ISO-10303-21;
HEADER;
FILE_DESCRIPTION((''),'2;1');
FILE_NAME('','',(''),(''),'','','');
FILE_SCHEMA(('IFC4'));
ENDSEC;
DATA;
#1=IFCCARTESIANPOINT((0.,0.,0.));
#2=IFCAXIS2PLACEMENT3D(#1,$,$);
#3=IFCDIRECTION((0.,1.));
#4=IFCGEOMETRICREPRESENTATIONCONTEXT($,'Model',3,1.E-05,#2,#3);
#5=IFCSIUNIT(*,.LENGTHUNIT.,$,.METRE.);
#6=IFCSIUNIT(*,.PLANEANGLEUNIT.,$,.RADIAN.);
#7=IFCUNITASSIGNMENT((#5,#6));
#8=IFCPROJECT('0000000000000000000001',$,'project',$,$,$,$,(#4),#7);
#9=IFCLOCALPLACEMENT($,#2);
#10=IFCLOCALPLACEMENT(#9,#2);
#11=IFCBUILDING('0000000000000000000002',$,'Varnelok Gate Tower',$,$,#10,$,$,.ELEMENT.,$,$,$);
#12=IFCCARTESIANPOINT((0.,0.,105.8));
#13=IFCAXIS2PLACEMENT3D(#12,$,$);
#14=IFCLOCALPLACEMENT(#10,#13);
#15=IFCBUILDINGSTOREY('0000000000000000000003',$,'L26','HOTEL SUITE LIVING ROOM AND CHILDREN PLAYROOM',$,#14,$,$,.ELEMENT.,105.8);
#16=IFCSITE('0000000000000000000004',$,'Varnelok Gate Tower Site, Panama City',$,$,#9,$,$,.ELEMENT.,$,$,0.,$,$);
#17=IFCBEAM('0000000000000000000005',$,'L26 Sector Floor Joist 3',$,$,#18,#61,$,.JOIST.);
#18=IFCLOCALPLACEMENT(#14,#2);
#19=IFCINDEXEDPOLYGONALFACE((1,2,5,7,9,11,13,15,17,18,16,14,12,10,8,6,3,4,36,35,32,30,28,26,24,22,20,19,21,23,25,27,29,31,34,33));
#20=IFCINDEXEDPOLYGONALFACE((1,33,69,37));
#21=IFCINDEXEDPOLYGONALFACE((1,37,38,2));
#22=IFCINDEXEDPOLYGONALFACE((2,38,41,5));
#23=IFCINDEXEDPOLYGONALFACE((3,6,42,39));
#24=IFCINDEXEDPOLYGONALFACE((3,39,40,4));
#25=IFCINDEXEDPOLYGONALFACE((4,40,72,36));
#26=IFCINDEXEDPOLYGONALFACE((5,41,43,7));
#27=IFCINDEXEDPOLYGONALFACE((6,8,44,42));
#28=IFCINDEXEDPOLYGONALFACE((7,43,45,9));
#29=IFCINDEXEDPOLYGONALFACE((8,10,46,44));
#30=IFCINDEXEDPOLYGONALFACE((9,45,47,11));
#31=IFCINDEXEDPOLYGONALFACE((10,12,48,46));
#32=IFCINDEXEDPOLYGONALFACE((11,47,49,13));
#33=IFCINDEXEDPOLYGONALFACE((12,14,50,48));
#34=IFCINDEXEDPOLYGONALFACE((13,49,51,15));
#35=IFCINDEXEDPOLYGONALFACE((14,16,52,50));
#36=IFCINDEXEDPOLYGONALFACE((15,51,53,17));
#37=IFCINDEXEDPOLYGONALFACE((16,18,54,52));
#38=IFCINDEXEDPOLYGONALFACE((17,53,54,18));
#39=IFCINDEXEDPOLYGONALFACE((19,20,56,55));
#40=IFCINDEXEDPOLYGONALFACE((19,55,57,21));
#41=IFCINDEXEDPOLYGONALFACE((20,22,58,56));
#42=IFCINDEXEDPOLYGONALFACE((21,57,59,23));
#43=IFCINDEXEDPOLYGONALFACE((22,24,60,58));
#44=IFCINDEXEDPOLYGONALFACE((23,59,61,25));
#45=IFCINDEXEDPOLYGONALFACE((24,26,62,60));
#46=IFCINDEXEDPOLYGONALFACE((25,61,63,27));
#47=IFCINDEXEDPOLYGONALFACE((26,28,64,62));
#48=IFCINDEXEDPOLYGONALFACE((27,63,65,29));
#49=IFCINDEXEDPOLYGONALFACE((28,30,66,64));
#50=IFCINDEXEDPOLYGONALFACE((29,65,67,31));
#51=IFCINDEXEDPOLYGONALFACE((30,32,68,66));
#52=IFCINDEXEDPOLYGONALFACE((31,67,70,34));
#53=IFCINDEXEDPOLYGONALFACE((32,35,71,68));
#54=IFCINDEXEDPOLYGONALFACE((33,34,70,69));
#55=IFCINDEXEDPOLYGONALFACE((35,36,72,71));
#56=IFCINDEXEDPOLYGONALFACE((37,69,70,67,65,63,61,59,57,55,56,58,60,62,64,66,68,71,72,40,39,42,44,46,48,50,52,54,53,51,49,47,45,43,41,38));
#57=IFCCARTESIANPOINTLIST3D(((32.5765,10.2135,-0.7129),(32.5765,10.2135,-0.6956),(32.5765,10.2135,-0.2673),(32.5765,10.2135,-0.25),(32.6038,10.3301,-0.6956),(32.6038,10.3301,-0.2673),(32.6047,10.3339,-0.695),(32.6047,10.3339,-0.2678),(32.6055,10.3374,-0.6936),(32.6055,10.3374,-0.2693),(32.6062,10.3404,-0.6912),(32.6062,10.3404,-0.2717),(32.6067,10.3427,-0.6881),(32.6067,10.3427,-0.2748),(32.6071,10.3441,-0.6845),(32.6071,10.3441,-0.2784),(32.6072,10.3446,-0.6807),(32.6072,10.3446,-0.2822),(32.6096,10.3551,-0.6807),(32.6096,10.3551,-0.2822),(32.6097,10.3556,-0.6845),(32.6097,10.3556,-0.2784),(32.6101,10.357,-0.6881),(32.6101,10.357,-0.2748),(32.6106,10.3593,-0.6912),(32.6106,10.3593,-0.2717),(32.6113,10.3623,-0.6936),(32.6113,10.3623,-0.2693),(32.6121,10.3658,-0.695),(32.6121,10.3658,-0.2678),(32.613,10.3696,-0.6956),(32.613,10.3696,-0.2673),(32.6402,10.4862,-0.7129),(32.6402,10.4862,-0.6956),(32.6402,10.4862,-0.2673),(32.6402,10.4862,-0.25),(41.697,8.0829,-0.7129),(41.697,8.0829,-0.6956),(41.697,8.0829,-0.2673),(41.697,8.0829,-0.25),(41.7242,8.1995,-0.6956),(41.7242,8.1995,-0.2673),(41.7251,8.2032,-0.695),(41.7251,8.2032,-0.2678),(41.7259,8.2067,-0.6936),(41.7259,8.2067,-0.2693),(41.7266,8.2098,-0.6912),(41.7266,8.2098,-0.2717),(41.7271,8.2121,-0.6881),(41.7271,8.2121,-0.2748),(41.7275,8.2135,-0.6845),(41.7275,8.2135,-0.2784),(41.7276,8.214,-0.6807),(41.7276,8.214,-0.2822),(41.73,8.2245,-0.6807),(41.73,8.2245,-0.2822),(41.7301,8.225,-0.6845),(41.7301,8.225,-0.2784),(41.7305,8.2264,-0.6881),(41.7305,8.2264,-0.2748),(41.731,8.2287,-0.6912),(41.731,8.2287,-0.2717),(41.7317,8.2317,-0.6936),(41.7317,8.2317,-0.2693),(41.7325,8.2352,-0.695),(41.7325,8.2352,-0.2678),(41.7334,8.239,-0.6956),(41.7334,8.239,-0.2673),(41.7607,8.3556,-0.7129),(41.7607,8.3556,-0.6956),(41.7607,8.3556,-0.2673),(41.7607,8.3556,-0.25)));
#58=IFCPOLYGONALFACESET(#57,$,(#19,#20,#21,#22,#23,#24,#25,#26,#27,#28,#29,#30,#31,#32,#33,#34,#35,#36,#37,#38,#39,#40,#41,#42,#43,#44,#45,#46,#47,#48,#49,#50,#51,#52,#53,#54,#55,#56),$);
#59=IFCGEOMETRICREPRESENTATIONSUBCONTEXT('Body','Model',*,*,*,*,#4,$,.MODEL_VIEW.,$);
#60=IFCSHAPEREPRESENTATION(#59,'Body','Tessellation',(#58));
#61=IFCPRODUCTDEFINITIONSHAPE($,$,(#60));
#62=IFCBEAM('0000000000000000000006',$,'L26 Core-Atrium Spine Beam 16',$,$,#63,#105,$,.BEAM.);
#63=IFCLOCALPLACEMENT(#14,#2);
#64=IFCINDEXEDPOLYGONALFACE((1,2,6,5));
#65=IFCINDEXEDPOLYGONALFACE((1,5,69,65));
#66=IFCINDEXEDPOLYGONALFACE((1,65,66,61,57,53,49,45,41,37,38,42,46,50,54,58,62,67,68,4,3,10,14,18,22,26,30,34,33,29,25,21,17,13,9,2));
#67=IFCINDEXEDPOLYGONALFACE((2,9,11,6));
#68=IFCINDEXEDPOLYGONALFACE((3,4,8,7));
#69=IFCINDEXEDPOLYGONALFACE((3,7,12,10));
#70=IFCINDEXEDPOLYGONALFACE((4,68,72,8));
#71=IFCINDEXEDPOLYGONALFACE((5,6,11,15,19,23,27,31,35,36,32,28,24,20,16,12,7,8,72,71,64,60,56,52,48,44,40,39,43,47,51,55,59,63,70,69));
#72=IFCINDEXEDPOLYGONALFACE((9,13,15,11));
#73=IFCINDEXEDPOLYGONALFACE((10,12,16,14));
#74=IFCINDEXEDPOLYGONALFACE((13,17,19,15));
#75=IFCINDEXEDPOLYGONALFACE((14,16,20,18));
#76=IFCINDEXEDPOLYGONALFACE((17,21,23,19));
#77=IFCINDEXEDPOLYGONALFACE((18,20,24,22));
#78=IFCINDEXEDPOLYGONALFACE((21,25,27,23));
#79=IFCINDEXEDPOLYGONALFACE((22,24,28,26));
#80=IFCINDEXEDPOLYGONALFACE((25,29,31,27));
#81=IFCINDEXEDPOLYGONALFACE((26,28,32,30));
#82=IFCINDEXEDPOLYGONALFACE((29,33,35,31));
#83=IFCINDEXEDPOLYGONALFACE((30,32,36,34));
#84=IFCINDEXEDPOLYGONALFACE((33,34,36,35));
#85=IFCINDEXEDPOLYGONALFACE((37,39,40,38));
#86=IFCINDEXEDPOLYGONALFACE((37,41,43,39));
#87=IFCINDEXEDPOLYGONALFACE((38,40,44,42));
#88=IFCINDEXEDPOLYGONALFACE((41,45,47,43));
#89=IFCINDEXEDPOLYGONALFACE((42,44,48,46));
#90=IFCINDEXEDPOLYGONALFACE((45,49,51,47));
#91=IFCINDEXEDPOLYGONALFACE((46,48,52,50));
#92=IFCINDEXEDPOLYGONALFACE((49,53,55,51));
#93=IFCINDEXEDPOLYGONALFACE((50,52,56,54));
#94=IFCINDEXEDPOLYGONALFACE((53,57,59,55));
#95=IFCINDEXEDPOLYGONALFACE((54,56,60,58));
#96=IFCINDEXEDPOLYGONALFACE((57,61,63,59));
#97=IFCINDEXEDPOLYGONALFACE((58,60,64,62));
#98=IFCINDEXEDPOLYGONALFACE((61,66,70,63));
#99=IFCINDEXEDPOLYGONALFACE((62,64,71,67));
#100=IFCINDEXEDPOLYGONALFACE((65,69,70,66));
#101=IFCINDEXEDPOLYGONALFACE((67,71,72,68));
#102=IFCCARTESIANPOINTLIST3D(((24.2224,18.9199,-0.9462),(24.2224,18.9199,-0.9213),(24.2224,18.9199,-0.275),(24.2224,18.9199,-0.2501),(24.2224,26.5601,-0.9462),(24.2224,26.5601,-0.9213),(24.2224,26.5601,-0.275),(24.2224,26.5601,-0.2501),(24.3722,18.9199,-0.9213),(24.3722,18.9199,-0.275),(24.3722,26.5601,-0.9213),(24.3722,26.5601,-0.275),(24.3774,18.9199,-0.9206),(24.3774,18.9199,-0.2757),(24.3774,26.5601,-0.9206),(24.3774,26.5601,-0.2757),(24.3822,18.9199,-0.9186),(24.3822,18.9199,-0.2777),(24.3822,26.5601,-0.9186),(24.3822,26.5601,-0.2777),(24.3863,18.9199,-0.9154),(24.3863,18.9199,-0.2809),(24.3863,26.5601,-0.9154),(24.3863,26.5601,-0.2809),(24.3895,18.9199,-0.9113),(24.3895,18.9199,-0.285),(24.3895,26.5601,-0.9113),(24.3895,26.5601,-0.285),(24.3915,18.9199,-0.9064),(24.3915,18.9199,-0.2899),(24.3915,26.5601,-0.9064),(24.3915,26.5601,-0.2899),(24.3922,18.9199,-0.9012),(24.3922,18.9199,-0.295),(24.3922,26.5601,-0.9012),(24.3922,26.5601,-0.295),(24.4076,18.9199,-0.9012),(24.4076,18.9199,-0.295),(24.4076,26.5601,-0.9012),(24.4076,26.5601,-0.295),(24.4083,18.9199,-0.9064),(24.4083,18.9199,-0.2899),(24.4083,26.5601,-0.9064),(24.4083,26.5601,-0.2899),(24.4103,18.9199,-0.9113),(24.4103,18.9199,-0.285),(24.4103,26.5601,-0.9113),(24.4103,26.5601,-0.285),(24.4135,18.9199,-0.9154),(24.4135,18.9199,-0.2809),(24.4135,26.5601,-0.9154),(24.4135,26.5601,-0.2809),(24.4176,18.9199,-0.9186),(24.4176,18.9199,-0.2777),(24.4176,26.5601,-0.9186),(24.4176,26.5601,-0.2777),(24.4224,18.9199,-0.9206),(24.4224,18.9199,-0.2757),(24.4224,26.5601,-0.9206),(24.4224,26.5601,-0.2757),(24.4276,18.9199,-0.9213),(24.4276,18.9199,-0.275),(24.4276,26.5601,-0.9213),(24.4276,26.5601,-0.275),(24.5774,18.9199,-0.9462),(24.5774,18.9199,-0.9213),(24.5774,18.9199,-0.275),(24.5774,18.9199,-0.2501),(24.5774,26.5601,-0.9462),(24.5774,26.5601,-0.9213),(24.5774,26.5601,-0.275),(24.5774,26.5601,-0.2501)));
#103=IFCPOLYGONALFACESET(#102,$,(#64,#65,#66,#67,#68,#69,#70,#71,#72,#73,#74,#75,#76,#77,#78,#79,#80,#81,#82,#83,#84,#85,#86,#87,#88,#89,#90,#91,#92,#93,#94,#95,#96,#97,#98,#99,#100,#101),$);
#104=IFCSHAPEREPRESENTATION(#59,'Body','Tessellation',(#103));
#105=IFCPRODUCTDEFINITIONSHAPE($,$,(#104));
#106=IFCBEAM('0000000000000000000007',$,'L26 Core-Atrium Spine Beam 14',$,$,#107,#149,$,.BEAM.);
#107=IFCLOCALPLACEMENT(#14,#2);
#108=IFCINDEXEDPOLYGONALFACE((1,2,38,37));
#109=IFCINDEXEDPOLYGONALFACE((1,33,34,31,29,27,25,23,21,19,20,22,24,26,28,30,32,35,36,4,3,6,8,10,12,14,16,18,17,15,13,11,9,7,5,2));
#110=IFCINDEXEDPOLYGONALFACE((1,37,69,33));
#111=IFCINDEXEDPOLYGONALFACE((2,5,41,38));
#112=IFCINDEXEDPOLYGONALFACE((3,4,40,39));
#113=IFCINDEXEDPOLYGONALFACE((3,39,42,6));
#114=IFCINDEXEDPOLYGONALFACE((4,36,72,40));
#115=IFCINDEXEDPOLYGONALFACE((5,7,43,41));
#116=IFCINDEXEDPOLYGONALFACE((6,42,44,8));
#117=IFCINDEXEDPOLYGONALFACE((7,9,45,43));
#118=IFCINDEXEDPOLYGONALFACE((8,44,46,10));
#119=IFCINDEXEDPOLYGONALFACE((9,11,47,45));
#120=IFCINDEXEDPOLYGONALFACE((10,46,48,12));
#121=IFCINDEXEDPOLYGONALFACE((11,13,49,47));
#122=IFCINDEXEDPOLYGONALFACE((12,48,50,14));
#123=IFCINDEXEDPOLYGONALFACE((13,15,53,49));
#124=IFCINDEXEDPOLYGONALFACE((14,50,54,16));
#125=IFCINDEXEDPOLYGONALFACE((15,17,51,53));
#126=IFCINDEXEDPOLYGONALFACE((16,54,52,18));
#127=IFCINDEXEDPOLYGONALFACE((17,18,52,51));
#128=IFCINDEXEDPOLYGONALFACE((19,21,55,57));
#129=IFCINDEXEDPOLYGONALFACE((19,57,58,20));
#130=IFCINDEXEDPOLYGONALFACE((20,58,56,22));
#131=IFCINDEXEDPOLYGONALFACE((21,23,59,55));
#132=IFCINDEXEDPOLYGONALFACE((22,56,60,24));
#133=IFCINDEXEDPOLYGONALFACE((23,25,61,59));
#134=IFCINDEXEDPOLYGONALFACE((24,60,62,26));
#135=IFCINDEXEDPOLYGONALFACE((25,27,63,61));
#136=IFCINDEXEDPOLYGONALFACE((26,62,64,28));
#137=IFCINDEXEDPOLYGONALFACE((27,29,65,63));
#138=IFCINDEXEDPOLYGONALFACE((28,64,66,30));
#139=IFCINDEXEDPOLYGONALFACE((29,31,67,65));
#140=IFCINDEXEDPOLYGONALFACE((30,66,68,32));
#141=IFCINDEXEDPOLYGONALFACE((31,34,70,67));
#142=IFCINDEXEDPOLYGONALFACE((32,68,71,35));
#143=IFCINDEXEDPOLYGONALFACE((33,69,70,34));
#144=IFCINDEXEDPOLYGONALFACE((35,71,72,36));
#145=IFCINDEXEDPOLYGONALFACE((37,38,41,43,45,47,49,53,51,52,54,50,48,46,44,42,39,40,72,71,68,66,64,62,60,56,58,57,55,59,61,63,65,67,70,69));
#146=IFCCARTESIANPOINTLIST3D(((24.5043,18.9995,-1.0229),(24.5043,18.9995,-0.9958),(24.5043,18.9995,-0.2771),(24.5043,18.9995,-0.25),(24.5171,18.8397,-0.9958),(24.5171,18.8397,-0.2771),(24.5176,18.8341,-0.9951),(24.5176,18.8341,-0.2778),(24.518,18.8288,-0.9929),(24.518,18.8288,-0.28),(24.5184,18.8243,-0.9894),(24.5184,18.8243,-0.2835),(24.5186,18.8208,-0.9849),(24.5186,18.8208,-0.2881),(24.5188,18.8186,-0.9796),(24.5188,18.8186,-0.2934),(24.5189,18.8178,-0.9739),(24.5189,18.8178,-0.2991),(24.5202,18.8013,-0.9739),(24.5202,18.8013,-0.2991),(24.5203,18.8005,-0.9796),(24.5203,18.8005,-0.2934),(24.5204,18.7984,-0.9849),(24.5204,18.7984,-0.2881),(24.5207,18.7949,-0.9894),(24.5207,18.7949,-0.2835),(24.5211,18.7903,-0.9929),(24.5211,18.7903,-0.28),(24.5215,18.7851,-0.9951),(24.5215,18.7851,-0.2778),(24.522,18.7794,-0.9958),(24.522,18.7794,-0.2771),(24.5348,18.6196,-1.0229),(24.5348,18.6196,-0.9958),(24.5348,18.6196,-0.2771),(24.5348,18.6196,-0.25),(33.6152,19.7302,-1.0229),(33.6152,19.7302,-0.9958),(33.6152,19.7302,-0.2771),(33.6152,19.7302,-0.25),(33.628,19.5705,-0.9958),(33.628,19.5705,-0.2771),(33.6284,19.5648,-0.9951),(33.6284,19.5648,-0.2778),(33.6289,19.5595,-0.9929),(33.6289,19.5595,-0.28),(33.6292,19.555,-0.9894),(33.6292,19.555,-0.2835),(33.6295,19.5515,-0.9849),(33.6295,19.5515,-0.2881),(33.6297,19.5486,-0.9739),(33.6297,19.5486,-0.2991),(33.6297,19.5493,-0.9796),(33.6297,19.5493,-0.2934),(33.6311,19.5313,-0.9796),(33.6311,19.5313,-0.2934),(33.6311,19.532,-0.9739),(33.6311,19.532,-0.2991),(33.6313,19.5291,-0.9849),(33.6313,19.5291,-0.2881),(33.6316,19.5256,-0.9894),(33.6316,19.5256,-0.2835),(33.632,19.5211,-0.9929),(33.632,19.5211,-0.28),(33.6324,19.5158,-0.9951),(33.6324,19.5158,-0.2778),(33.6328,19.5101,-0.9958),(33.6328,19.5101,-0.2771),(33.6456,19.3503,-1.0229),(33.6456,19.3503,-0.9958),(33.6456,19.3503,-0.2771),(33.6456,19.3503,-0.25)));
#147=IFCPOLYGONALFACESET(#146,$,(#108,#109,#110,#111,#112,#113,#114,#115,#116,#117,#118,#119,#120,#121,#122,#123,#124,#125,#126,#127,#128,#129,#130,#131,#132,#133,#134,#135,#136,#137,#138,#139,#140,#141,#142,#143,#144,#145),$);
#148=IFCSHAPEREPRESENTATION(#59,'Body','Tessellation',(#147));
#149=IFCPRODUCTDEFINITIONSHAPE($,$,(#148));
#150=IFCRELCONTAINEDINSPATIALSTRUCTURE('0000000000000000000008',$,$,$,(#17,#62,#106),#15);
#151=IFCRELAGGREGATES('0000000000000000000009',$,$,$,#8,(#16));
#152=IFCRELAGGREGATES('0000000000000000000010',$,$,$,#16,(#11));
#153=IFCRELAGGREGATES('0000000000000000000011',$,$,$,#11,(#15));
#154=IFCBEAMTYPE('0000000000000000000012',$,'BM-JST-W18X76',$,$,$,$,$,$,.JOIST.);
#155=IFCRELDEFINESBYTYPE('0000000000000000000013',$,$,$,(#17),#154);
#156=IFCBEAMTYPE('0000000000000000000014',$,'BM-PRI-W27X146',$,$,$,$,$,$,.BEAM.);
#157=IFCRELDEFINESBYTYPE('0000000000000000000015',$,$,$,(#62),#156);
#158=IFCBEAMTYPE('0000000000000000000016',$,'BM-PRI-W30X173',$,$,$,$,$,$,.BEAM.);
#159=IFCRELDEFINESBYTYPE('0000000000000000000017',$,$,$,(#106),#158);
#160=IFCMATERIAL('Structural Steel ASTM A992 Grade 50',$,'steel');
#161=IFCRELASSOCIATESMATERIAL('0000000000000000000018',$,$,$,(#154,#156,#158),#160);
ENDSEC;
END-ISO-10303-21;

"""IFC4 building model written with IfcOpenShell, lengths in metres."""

from ifc_helpers import new_model, si_unit, direction, frame, origin, origin_2d, place, context, subcontext, project, spatial, i_section, extrude, material, material_profile, profile_set, type_object, element, save


model = new_model("IFC4")

# Units and contexts
model_context = context("Model", 3, precision=1e-05, world=origin(), true_north=direction((0.0, 1.0)))
body_context = subcontext(model_context, "Body", "Model", "MODEL_VIEW")
ifc_project = project(units=[si_unit("LENGTHUNIT", "METRE"), si_unit("PLANEANGLEUNIT", "RADIAN")], contexts=[model_context])

# Site, building, storey
site_placement = place(None, origin())
site = spatial("IfcSite", under=ifc_project, at=site_placement, Name="Varnelok Gate Tower Site, Panama City", CompositionType="ELEMENT", RefElevation=0.0)
building_placement = place(site_placement, origin())
building = spatial("IfcBuilding", under=site, at=building_placement, Name="Varnelok Gate Tower", CompositionType="ELEMENT")
storey_placement = place(building_placement, frame((0.0, 0.0, 105.8)))
storey = spatial("IfcBuildingStorey", under=building, at=storey_placement, Name="L26", Description="HOTEL SUITE LIVING ROOM AND CHILDREN PLAYROOM", CompositionType="ELEMENT", Elevation=105.8)

# Shared definitions
ifc_material_1 = material(Name="Structural Steel ASTM A992 Grade 50", Category="steel")

# Beams
ifc_material_profile_1 = material_profile(ifc_material_1, i_section(OverallWidth=0.28, OverallDepth=0.4629, WebThickness=0.0107, FlangeThickness=0.0173, FilletRadius=0.0149, at=origin_2d()), Name="W18X76")
ifc_profile_set_1 = profile_set([ifc_material_profile_1], Name="Structural Steel ASTM A992 Grade 50")
beam_type_1 = type_object("IfcBeamType", Name="BM-JST-W18X76", PredefinedType="JOIST", material=ifc_profile_set_1)
beam_1_placement = place(storey_placement, frame((32.6084, 10.3499, -0.4814), z_axis=(0.973781, -0.227486, 0.0), x_axis=(0.227486, 0.973781, 0.0)))
element("IfcBeam", 1, at=beam_1_placement, inside=storey, type_object=beam_type_1, Name="L26 Sector Floor Joist 3", PredefinedType="JOIST", context=body_context, shape_type="SweptSolid", body=[
    extrude(i_section(OverallWidth=0.28, OverallDepth=0.4629, WebThickness=0.0107, FlangeThickness=0.0173, FilletRadius=0.0149, at=origin_2d()), origin(), (0.0, 0.0, 1.0), 9.366),
])
ifc_material_profile_2 = material_profile(ifc_material_1, i_section(OverallWidth=0.355, OverallDepth=0.696, WebThickness=0.0154, FlangeThickness=0.0249, FilletRadius=0.02, at=origin_2d()), Name="W27X146")
ifc_profile_set_2 = profile_set([ifc_material_profile_2], Name="Structural Steel ASTM A992 Grade 50")
beam_type_2 = type_object("IfcBeamType", Name="BM-PRI-W27X146", PredefinedType="BEAM", material=ifc_profile_set_2)
beam_2_placement = place(storey_placement, frame((24.3999, 18.9199, -0.5981), z_axis=(0.0, 1.0, 0.0), x_axis=(-1.0, 0.0, 0.0)))
element("IfcBeam", 2, at=beam_2_placement, inside=storey, type_object=beam_type_2, Name="L26 Core-Atrium Spine Beam 16", PredefinedType="BEAM", context=body_context, shape_type="SweptSolid", body=[
    extrude(i_section(OverallWidth=0.355, OverallDepth=0.696, WebThickness=0.0154, FlangeThickness=0.0249, FilletRadius=0.02, at=origin_2d()), origin(), (0.0, 0.0, 1.0), 7.6401),
])
ifc_material_profile_3 = material_profile(ifc_material_1, i_section(OverallWidth=0.3811, OverallDepth=0.7729, WebThickness=0.0166, FlangeThickness=0.0271, FilletRadius=0.022, at=origin_2d()), Name="W30X173")
ifc_profile_set_3 = profile_set([ifc_material_profile_3], Name="Structural Steel ASTM A992 Grade 50")
beam_type_3 = type_object("IfcBeamType", Name="BM-PRI-W30X173", PredefinedType="BEAM", material=ifc_profile_set_3)
beam_3_placement = place(storey_placement, frame((24.5195, 18.8096, -0.6365), z_axis=(0.996799, 0.079946, 0.0), x_axis=(-0.079946, 0.996799, 0.0)))
element("IfcBeam", 3, at=beam_3_placement, inside=storey, type_object=beam_type_3, Name="L26 Core-Atrium Spine Beam 14", PredefinedType="BEAM", context=body_context, shape_type="SweptSolid", body=[
    extrude(i_section(OverallWidth=0.3811, OverallDepth=0.7729, WebThickness=0.0166, FlangeThickness=0.0271, FilletRadius=0.022, at=origin_2d()), origin(), (0.0, 0.0, 1.0), 9.1401),
])

save(model, "model.ifc")
